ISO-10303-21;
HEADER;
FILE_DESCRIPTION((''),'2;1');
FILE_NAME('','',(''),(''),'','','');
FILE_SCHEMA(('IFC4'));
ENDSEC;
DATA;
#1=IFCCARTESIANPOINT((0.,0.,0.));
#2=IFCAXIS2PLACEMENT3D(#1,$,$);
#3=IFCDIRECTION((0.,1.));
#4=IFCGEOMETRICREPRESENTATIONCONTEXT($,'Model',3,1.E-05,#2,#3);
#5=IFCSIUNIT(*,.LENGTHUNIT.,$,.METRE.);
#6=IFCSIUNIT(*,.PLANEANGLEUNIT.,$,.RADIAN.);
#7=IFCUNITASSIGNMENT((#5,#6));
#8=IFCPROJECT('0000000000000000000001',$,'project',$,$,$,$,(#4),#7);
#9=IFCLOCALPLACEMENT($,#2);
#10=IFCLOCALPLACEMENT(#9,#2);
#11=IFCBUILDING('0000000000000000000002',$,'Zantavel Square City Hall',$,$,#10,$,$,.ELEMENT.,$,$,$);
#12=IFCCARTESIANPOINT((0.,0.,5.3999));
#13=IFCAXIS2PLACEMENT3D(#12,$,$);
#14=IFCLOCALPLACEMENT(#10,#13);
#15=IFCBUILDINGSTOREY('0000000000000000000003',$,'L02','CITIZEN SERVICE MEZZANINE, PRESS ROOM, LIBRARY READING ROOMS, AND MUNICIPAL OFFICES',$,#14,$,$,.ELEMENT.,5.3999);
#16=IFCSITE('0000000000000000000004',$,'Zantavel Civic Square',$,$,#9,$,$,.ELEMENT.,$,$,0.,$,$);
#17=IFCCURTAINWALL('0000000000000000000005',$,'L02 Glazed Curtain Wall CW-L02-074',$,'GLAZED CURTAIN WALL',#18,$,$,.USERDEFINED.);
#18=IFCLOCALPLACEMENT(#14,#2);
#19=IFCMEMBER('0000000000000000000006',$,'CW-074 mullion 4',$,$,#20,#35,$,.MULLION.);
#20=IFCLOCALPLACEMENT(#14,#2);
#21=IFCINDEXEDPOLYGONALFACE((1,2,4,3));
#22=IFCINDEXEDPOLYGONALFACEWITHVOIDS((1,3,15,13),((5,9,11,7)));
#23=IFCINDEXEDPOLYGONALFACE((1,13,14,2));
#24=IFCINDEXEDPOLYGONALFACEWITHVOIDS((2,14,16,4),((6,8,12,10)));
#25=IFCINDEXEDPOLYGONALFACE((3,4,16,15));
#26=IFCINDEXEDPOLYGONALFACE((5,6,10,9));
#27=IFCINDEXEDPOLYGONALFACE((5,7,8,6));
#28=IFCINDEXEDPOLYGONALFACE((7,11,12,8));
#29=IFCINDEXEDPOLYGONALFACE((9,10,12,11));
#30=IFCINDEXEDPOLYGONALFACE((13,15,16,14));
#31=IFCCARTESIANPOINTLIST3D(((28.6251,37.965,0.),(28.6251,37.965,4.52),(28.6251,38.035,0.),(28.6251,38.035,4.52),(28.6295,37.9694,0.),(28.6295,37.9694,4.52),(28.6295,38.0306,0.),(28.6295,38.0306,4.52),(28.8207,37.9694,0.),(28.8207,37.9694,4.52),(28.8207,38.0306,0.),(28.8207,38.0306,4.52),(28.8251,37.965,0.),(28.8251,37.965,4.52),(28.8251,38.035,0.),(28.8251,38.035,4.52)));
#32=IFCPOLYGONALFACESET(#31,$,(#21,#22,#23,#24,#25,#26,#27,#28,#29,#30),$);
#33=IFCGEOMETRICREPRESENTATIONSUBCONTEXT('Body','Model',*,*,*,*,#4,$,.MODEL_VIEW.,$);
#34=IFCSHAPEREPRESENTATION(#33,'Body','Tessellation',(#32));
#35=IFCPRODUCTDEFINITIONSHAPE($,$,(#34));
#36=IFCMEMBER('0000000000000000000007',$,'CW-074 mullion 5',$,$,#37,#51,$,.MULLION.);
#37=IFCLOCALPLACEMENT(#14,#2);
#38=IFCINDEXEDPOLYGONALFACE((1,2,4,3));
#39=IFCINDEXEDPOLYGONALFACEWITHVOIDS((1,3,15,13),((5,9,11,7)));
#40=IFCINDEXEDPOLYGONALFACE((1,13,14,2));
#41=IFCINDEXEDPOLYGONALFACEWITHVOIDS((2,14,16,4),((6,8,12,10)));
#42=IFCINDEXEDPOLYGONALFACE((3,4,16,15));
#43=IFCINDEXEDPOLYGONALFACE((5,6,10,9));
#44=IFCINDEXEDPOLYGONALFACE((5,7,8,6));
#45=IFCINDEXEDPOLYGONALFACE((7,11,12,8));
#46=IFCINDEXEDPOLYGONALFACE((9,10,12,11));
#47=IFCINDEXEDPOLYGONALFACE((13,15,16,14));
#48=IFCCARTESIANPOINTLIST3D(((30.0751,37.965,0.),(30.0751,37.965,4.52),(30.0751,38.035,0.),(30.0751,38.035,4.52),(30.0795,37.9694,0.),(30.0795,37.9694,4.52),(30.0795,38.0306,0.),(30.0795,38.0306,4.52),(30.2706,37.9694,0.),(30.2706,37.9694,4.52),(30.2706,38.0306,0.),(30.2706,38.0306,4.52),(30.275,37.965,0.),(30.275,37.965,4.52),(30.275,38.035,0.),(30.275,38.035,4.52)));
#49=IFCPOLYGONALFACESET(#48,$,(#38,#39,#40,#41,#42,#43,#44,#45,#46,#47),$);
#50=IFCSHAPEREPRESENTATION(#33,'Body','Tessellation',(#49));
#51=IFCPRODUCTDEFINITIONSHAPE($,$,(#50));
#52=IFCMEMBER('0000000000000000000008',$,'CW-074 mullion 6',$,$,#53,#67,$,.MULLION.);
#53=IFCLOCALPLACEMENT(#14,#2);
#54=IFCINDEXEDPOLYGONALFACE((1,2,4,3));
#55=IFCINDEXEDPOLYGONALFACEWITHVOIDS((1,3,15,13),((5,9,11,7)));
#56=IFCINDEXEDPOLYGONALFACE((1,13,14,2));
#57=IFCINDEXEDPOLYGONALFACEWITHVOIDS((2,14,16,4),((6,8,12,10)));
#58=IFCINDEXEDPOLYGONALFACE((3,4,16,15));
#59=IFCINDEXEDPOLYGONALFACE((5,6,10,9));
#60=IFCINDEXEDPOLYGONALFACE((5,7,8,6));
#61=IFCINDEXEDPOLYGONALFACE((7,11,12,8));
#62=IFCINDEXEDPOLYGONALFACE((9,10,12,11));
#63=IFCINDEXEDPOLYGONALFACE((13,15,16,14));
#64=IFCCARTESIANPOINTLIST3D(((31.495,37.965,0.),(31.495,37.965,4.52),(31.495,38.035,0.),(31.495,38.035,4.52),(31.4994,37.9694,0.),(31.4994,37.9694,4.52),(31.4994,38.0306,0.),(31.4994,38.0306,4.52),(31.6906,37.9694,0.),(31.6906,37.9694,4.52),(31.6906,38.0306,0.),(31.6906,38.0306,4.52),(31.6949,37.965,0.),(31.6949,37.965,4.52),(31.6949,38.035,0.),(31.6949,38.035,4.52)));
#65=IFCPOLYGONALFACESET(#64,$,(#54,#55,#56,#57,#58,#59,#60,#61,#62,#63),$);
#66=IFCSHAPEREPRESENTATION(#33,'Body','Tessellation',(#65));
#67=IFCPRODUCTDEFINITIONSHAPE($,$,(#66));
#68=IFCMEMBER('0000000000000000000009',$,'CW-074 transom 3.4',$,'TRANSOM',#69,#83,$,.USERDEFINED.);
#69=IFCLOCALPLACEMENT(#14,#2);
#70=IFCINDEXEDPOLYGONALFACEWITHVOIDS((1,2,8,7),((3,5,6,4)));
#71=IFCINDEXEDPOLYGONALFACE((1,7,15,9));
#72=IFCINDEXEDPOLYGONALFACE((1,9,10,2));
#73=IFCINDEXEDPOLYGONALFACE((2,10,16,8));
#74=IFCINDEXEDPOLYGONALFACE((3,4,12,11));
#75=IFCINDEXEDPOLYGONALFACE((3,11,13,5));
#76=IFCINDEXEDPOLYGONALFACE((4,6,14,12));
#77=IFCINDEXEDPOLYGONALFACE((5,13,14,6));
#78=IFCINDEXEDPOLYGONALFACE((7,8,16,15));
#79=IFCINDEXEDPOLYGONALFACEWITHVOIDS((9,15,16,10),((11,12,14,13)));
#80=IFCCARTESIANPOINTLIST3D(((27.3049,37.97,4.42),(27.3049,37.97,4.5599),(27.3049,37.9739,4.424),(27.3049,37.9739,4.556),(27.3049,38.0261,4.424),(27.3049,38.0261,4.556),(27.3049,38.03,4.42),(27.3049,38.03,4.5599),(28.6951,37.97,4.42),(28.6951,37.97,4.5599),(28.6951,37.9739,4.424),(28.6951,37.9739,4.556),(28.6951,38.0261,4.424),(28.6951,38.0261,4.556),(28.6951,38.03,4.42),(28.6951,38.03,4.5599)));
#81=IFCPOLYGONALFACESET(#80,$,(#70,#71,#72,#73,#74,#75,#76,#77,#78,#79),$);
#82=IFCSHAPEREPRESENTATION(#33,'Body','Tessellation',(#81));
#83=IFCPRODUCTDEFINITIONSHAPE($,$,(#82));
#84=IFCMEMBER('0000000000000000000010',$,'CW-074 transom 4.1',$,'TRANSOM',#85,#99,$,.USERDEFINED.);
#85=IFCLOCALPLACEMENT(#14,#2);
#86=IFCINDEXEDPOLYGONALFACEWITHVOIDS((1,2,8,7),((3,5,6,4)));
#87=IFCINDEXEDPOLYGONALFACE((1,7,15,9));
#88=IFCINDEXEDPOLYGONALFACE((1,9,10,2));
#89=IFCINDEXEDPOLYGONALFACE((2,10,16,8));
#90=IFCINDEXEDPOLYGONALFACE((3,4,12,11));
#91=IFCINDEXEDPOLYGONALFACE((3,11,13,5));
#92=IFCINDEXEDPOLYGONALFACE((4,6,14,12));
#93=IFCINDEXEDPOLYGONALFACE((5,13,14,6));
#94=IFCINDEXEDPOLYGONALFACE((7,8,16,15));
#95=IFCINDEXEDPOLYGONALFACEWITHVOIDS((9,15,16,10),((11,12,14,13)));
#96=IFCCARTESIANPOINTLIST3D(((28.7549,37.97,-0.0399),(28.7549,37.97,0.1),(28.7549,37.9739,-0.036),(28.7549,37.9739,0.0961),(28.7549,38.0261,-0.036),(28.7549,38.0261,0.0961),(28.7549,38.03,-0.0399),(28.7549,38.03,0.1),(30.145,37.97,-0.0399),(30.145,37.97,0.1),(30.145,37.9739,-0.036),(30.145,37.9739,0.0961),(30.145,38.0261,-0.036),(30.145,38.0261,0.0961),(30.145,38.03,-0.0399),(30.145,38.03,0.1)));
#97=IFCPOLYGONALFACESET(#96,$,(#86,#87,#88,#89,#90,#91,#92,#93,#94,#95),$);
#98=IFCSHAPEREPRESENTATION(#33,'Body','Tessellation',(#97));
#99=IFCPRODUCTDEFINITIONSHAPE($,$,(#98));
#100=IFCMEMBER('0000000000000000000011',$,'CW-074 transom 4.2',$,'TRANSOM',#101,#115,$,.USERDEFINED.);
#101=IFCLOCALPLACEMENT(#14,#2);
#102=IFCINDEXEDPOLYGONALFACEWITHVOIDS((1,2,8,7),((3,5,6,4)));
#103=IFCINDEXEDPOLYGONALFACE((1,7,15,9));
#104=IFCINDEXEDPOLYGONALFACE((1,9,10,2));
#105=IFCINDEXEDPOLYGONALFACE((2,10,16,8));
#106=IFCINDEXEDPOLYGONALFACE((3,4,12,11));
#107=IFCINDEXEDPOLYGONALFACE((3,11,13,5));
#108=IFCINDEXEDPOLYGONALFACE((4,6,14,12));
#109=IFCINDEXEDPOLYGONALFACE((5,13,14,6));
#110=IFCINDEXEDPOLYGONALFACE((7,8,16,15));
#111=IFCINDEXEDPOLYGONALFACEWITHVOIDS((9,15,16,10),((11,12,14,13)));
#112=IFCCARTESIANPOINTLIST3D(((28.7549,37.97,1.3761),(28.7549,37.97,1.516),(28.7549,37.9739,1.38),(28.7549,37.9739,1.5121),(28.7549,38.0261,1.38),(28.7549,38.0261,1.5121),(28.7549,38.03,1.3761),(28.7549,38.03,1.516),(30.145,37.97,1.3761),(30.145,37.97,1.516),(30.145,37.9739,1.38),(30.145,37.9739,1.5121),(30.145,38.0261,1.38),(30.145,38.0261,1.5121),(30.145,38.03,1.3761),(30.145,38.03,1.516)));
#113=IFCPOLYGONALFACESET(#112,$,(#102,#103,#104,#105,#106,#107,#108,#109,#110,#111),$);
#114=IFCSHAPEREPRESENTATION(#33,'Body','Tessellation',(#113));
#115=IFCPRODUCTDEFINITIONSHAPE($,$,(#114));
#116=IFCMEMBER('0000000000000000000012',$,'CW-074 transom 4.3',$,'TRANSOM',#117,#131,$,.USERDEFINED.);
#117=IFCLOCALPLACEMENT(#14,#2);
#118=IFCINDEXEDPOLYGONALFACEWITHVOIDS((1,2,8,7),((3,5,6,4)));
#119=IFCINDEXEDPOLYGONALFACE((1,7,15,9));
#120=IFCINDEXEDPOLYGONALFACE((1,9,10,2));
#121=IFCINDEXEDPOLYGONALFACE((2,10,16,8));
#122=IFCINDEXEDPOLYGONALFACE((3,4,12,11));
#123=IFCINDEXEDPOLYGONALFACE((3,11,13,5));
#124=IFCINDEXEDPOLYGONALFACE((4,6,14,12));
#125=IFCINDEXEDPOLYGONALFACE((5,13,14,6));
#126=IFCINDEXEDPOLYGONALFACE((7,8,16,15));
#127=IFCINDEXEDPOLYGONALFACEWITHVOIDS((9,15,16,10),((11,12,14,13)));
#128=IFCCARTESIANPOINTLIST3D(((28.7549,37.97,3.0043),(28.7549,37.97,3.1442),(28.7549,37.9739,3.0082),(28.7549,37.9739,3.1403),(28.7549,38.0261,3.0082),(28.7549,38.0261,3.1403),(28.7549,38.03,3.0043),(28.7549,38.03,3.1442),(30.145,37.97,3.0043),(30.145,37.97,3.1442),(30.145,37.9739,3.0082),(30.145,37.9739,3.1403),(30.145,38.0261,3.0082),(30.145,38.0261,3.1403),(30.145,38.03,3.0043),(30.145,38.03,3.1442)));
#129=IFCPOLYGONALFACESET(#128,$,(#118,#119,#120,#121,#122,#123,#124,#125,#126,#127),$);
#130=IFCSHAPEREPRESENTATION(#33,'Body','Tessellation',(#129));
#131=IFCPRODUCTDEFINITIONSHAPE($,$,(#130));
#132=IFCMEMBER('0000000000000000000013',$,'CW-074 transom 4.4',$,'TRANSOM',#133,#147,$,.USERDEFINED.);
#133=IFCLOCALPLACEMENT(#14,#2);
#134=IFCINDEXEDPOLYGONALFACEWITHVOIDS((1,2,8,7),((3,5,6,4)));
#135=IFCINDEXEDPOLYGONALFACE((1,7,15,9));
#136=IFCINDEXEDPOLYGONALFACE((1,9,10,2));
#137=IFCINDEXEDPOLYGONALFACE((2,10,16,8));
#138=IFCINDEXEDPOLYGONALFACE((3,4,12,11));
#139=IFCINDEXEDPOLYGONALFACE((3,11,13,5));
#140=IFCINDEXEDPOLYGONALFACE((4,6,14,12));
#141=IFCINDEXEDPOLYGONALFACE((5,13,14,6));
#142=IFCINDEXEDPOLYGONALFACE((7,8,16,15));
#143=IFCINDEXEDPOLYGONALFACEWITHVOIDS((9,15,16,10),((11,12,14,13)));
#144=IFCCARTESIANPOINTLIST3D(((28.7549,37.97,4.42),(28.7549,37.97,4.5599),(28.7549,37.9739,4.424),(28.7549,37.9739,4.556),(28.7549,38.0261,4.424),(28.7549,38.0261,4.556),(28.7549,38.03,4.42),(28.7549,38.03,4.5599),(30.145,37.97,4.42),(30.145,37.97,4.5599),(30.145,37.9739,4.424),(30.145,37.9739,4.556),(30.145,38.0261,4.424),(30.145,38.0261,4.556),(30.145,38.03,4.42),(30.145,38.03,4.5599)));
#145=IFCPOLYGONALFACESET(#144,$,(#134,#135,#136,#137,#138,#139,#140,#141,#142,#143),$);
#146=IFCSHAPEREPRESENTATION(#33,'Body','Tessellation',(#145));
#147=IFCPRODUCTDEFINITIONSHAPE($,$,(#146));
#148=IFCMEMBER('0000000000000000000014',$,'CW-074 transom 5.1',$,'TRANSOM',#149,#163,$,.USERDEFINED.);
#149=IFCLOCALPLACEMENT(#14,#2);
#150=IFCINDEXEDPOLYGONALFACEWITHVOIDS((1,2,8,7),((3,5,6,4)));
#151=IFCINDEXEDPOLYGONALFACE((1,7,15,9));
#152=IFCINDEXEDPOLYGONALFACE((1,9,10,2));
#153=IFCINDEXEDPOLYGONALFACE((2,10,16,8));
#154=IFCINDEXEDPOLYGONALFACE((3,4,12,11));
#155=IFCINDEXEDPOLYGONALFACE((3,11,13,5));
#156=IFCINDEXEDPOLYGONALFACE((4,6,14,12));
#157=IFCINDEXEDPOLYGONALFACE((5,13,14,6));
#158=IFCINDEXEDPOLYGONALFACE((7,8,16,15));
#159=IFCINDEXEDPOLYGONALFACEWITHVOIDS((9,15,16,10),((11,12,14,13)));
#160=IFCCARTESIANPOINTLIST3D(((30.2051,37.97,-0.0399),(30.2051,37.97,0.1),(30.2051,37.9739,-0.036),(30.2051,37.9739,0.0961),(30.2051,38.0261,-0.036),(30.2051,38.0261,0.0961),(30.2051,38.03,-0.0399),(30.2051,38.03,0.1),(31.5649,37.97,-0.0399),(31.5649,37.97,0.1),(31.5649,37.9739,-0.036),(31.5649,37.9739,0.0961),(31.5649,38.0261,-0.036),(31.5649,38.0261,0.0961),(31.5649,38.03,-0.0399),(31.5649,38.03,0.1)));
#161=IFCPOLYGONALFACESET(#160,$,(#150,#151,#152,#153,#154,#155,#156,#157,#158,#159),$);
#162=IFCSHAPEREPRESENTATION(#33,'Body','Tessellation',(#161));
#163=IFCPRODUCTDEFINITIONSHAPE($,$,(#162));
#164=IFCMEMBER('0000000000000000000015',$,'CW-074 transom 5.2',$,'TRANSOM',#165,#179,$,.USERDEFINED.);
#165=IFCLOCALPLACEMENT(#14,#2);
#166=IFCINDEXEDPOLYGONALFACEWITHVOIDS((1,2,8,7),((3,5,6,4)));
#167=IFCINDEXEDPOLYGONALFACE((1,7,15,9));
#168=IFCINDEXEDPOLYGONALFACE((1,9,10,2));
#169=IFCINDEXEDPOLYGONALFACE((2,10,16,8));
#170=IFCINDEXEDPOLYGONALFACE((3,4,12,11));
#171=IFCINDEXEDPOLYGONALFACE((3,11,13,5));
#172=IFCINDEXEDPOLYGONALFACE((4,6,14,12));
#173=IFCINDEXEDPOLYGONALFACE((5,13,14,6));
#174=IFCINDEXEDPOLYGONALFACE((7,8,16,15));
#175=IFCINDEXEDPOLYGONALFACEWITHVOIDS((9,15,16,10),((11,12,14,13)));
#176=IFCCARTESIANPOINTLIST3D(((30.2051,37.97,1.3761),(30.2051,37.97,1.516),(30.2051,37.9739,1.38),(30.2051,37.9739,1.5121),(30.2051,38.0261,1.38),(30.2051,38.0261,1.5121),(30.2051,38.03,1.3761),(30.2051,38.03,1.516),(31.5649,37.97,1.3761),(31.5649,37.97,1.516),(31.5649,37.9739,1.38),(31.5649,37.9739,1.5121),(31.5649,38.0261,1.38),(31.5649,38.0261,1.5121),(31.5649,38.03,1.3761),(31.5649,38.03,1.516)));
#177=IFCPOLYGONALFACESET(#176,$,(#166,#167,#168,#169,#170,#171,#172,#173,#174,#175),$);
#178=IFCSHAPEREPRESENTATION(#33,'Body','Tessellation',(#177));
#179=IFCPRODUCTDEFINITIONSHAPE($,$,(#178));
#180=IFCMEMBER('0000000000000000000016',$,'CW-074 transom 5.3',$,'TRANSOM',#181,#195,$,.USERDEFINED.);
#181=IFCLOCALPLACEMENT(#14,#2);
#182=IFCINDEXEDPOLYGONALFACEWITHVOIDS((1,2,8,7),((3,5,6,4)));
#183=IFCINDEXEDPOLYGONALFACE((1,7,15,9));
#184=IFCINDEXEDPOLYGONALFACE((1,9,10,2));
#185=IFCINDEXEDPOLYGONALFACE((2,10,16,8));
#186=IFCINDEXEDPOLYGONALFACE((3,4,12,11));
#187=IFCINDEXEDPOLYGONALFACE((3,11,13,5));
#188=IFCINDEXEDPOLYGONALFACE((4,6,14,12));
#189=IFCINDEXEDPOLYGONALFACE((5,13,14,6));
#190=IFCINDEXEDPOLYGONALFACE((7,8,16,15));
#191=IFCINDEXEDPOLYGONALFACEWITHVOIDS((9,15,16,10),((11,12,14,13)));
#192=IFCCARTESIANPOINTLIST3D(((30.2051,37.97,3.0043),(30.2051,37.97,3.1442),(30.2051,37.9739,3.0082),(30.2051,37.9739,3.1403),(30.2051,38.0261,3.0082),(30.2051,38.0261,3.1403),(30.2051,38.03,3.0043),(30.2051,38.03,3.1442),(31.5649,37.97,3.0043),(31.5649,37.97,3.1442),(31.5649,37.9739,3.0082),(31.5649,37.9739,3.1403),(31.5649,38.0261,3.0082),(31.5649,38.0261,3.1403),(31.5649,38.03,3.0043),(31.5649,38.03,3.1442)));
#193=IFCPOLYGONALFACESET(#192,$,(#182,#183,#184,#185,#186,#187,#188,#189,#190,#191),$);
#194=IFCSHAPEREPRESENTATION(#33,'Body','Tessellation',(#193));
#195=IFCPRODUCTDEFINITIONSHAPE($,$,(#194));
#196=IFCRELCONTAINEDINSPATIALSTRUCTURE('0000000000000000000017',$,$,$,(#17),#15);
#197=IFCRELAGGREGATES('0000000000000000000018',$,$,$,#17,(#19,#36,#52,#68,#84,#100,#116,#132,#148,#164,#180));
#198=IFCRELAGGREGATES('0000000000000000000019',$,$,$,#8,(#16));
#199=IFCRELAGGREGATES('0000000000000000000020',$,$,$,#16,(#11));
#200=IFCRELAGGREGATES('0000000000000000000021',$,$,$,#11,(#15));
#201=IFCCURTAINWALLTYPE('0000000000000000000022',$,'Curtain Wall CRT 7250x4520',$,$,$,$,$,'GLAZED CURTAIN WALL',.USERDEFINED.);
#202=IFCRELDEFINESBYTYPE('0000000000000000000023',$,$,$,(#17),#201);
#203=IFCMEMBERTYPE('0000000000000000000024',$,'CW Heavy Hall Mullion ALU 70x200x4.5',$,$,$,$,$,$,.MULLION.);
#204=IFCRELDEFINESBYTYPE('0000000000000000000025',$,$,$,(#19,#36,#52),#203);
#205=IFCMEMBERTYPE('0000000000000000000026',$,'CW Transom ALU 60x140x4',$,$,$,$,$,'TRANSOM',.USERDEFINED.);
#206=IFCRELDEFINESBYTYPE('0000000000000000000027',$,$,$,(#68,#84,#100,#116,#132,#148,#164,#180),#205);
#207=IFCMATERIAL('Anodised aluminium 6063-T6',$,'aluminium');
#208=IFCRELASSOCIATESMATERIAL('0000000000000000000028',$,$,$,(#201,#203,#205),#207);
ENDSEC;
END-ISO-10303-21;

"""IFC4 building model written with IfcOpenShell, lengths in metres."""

from ifc_helpers import new_model, si_unit, direction, frame, origin, origin_2d, place, context, subcontext, project, spatial, hollow_rectangle, extrude, material, material_profile, profile_set, type_object, element, aggregate, save


model = new_model("IFC4")

# Units and contexts
model_context = context("Model", 3, precision=1e-05, world=origin(), true_north=direction((0.0, 1.0)))
body_context = subcontext(model_context, "Body", "Model", "MODEL_VIEW")
ifc_project = project(units=[si_unit("LENGTHUNIT", "METRE"), si_unit("PLANEANGLEUNIT", "RADIAN")], contexts=[model_context])

# Site, building, storey
site_placement = place(None, origin())
site = spatial("IfcSite", under=ifc_project, at=site_placement, Name="Zantavel Civic Square", CompositionType="ELEMENT", RefElevation=0.0)
building_placement = place(site_placement, origin())
building = spatial("IfcBuilding", under=site, at=building_placement, Name="Zantavel Square City Hall", CompositionType="ELEMENT")
storey_placement = place(building_placement, frame((0.0, 0.0, 5.3999)))
storey = spatial("IfcBuildingStorey", under=building, at=storey_placement, Name="L02", Description="CITIZEN SERVICE MEZZANINE, PRESS ROOM, LIBRARY READING ROOMS, AND MUNICIPAL OFFICES", CompositionType="ELEMENT", Elevation=5.3999)

# Curtain wall, members
ifc_material_1 = material(Name="Anodised aluminium 6063-T6", Category="aluminium")
curtain_wall_type = type_object("IfcCurtainWallType", Name="Curtain Wall CRT 7250x4520", ElementType="GLAZED CURTAIN WALL", PredefinedType="USERDEFINED", material=ifc_material_1)
curtain_wall_placement = place(storey_placement, origin())
curtain_wall = element("IfcCurtainWall", 1, at=curtain_wall_placement, inside=storey, type_object=curtain_wall_type, Name="L02 Glazed Curtain Wall CW-L02-074", ObjectType="GLAZED CURTAIN WALL", PredefinedType="USERDEFINED")
ifc_material_profile_1 = material_profile(ifc_material_1, hollow_rectangle(XDim=0.0701, YDim=0.2, WallThickness=0.0044, at=origin_2d()), Name="ALU 70x200x4.5")
ifc_profile_set_1 = profile_set([ifc_material_profile_1], Name="Anodised aluminium 6063-T6")
member_type_1 = type_object("IfcMemberType", Name="CW Heavy Hall Mullion ALU 70x200x4.5", PredefinedType="MULLION", material=ifc_profile_set_1)
member_1_placement = place(storey_placement, frame((28.7251, 38.0, 0.0), z_axis=(0.0, 0.0, 1.0), x_axis=(0.0, 1.0, 0.0)))
member_1 = element("IfcMember", 2, at=member_1_placement, type_object=member_type_1, Name="CW-074 mullion 4", PredefinedType="MULLION", context=body_context, shape_type="SweptSolid", body=[
    extrude(hollow_rectangle(XDim=0.0701, YDim=0.2, WallThickness=0.0044, at=origin_2d()), origin(), (0.0, 0.0, 1.0), 4.52),
])
member_2_placement = place(storey_placement, frame((30.175, 38.0, 0.0), z_axis=(0.0, 0.0, 1.0), x_axis=(0.0, 1.0, 0.0)))
member_2 = element("IfcMember", 3, at=member_2_placement, type_object=member_type_1, Name="CW-074 mullion 5", PredefinedType="MULLION", context=body_context, shape_type="SweptSolid", body=[
    extrude(hollow_rectangle(XDim=0.0701, YDim=0.2, WallThickness=0.0044, at=origin_2d()), origin(), (0.0, 0.0, 1.0), 4.52),
])
member_3_placement = place(storey_placement, frame((31.595, 38.0, 0.0), z_axis=(0.0, 0.0, 1.0), x_axis=(0.0, 1.0, 0.0)))
member_3 = element("IfcMember", 4, at=member_3_placement, type_object=member_type_1, Name="CW-074 mullion 6", PredefinedType="MULLION", context=body_context, shape_type="SweptSolid", body=[
    extrude(hollow_rectangle(XDim=0.0701, YDim=0.2, WallThickness=0.0044, at=origin_2d()), origin(), (0.0, 0.0, 1.0), 4.52),
])
ifc_material_profile_2 = material_profile(ifc_material_1, hollow_rectangle(XDim=0.0601, YDim=0.1399, WallThickness=0.0039, at=origin_2d()), Name="ALU 60x140x4")
ifc_profile_set_2 = profile_set([ifc_material_profile_2], Name="Anodised aluminium 6063-T6")
member_type_2 = type_object("IfcMemberType", Name="CW Transom ALU 60x140x4", ElementType="TRANSOM", PredefinedType="USERDEFINED", material=ifc_profile_set_2)
member_4_placement = place(storey_placement, frame((27.3049, 38.0, 4.49), z_axis=(1.0, 0.0, 0.0), x_axis=(0.0, 1.0, 0.0)))
member_4 = element("IfcMember", 5, at=member_4_placement, type_object=member_type_2, Name="CW-074 transom 3.4", ObjectType="TRANSOM", PredefinedType="USERDEFINED", context=body_context, shape_type="SweptSolid", body=[
    extrude(hollow_rectangle(XDim=0.0601, YDim=0.1399, WallThickness=0.0039, at=origin_2d()), origin(), (0.0, 0.0, 1.0), 1.3901),
])
member_5_placement = place(storey_placement, frame((28.7549, 38.0, 0.03), z_axis=(1.0, 0.0, 0.0), x_axis=(0.0, 1.0, 0.0)))
member_5 = element("IfcMember", 6, at=member_5_placement, type_object=member_type_2, Name="CW-074 transom 4.1", ObjectType="TRANSOM", PredefinedType="USERDEFINED", context=body_context, shape_type="SweptSolid", body=[
    extrude(hollow_rectangle(XDim=0.0601, YDim=0.1399, WallThickness=0.0039, at=origin_2d()), origin(), (0.0, 0.0, 1.0), 1.3901),
])
member_6_placement = place(storey_placement, frame((28.7549, 38.0, 1.446), z_axis=(1.0, 0.0, 0.0), x_axis=(0.0, 1.0, 0.0)))
member_6 = element("IfcMember", 7, at=member_6_placement, type_object=member_type_2, Name="CW-074 transom 4.2", ObjectType="TRANSOM", PredefinedType="USERDEFINED", context=body_context, shape_type="SweptSolid", body=[
    extrude(hollow_rectangle(XDim=0.0601, YDim=0.1399, WallThickness=0.0039, at=origin_2d()), origin(), (0.0, 0.0, 1.0), 1.3901),
])
member_7_placement = place(storey_placement, frame((28.7549, 38.0, 3.0742), z_axis=(1.0, 0.0, 0.0), x_axis=(0.0, 1.0, 0.0)))
member_7 = element("IfcMember", 8, at=member_7_placement, type_object=member_type_2, Name="CW-074 transom 4.3", ObjectType="TRANSOM", PredefinedType="USERDEFINED", context=body_context, shape_type="SweptSolid", body=[
    extrude(hollow_rectangle(XDim=0.0601, YDim=0.1399, WallThickness=0.0039, at=origin_2d()), origin(), (0.0, 0.0, 1.0), 1.3901),
])
member_8_placement = place(storey_placement, frame((28.7549, 38.0, 4.49), z_axis=(1.0, 0.0, 0.0), x_axis=(0.0, 1.0, 0.0)))
member_8 = element("IfcMember", 9, at=member_8_placement, type_object=member_type_2, Name="CW-074 transom 4.4", ObjectType="TRANSOM", PredefinedType="USERDEFINED", context=body_context, shape_type="SweptSolid", body=[
    extrude(hollow_rectangle(XDim=0.0601, YDim=0.1399, WallThickness=0.0039, at=origin_2d()), origin(), (0.0, 0.0, 1.0), 1.3901),
])
member_9_placement = place(storey_placement, frame((30.2051, 38.0, 0.03), z_axis=(1.0, 0.0, 0.0), x_axis=(0.0, 1.0, 0.0)))
member_9 = element("IfcMember", 10, at=member_9_placement, type_object=member_type_2, Name="CW-074 transom 5.1", ObjectType="TRANSOM", PredefinedType="USERDEFINED", context=body_context, shape_type="SweptSolid", body=[
    extrude(hollow_rectangle(XDim=0.0601, YDim=0.1399, WallThickness=0.0039, at=origin_2d()), origin(), (0.0, 0.0, 1.0), 1.3599),
])
member_10_placement = place(storey_placement, frame((30.2051, 38.0, 1.446), z_axis=(1.0, 0.0, 0.0), x_axis=(0.0, 1.0, 0.0)))
member_10 = element("IfcMember", 11, at=member_10_placement, type_object=member_type_2, Name="CW-074 transom 5.2", ObjectType="TRANSOM", PredefinedType="USERDEFINED", context=body_context, shape_type="SweptSolid", body=[
    extrude(hollow_rectangle(XDim=0.0601, YDim=0.1399, WallThickness=0.0039, at=origin_2d()), origin(), (0.0, 0.0, 1.0), 1.3599),
])
member_11_placement = place(storey_placement, frame((30.2051, 38.0, 3.0742), z_axis=(1.0, 0.0, 0.0), x_axis=(0.0, 1.0, 0.0)))
member_11 = element("IfcMember", 12, at=member_11_placement, type_object=member_type_2, Name="CW-074 transom 5.3", ObjectType="TRANSOM", PredefinedType="USERDEFINED", context=body_context, shape_type="SweptSolid", body=[
    extrude(hollow_rectangle(XDim=0.0601, YDim=0.1399, WallThickness=0.0039, at=origin_2d()), origin(), (0.0, 0.0, 1.0), 1.3599),
])
aggregate(curtain_wall, [member_1, member_2, member_3, member_4, member_5, member_6, member_7, member_8, member_9, member_10, member_11])

save(model, "model.ifc")
